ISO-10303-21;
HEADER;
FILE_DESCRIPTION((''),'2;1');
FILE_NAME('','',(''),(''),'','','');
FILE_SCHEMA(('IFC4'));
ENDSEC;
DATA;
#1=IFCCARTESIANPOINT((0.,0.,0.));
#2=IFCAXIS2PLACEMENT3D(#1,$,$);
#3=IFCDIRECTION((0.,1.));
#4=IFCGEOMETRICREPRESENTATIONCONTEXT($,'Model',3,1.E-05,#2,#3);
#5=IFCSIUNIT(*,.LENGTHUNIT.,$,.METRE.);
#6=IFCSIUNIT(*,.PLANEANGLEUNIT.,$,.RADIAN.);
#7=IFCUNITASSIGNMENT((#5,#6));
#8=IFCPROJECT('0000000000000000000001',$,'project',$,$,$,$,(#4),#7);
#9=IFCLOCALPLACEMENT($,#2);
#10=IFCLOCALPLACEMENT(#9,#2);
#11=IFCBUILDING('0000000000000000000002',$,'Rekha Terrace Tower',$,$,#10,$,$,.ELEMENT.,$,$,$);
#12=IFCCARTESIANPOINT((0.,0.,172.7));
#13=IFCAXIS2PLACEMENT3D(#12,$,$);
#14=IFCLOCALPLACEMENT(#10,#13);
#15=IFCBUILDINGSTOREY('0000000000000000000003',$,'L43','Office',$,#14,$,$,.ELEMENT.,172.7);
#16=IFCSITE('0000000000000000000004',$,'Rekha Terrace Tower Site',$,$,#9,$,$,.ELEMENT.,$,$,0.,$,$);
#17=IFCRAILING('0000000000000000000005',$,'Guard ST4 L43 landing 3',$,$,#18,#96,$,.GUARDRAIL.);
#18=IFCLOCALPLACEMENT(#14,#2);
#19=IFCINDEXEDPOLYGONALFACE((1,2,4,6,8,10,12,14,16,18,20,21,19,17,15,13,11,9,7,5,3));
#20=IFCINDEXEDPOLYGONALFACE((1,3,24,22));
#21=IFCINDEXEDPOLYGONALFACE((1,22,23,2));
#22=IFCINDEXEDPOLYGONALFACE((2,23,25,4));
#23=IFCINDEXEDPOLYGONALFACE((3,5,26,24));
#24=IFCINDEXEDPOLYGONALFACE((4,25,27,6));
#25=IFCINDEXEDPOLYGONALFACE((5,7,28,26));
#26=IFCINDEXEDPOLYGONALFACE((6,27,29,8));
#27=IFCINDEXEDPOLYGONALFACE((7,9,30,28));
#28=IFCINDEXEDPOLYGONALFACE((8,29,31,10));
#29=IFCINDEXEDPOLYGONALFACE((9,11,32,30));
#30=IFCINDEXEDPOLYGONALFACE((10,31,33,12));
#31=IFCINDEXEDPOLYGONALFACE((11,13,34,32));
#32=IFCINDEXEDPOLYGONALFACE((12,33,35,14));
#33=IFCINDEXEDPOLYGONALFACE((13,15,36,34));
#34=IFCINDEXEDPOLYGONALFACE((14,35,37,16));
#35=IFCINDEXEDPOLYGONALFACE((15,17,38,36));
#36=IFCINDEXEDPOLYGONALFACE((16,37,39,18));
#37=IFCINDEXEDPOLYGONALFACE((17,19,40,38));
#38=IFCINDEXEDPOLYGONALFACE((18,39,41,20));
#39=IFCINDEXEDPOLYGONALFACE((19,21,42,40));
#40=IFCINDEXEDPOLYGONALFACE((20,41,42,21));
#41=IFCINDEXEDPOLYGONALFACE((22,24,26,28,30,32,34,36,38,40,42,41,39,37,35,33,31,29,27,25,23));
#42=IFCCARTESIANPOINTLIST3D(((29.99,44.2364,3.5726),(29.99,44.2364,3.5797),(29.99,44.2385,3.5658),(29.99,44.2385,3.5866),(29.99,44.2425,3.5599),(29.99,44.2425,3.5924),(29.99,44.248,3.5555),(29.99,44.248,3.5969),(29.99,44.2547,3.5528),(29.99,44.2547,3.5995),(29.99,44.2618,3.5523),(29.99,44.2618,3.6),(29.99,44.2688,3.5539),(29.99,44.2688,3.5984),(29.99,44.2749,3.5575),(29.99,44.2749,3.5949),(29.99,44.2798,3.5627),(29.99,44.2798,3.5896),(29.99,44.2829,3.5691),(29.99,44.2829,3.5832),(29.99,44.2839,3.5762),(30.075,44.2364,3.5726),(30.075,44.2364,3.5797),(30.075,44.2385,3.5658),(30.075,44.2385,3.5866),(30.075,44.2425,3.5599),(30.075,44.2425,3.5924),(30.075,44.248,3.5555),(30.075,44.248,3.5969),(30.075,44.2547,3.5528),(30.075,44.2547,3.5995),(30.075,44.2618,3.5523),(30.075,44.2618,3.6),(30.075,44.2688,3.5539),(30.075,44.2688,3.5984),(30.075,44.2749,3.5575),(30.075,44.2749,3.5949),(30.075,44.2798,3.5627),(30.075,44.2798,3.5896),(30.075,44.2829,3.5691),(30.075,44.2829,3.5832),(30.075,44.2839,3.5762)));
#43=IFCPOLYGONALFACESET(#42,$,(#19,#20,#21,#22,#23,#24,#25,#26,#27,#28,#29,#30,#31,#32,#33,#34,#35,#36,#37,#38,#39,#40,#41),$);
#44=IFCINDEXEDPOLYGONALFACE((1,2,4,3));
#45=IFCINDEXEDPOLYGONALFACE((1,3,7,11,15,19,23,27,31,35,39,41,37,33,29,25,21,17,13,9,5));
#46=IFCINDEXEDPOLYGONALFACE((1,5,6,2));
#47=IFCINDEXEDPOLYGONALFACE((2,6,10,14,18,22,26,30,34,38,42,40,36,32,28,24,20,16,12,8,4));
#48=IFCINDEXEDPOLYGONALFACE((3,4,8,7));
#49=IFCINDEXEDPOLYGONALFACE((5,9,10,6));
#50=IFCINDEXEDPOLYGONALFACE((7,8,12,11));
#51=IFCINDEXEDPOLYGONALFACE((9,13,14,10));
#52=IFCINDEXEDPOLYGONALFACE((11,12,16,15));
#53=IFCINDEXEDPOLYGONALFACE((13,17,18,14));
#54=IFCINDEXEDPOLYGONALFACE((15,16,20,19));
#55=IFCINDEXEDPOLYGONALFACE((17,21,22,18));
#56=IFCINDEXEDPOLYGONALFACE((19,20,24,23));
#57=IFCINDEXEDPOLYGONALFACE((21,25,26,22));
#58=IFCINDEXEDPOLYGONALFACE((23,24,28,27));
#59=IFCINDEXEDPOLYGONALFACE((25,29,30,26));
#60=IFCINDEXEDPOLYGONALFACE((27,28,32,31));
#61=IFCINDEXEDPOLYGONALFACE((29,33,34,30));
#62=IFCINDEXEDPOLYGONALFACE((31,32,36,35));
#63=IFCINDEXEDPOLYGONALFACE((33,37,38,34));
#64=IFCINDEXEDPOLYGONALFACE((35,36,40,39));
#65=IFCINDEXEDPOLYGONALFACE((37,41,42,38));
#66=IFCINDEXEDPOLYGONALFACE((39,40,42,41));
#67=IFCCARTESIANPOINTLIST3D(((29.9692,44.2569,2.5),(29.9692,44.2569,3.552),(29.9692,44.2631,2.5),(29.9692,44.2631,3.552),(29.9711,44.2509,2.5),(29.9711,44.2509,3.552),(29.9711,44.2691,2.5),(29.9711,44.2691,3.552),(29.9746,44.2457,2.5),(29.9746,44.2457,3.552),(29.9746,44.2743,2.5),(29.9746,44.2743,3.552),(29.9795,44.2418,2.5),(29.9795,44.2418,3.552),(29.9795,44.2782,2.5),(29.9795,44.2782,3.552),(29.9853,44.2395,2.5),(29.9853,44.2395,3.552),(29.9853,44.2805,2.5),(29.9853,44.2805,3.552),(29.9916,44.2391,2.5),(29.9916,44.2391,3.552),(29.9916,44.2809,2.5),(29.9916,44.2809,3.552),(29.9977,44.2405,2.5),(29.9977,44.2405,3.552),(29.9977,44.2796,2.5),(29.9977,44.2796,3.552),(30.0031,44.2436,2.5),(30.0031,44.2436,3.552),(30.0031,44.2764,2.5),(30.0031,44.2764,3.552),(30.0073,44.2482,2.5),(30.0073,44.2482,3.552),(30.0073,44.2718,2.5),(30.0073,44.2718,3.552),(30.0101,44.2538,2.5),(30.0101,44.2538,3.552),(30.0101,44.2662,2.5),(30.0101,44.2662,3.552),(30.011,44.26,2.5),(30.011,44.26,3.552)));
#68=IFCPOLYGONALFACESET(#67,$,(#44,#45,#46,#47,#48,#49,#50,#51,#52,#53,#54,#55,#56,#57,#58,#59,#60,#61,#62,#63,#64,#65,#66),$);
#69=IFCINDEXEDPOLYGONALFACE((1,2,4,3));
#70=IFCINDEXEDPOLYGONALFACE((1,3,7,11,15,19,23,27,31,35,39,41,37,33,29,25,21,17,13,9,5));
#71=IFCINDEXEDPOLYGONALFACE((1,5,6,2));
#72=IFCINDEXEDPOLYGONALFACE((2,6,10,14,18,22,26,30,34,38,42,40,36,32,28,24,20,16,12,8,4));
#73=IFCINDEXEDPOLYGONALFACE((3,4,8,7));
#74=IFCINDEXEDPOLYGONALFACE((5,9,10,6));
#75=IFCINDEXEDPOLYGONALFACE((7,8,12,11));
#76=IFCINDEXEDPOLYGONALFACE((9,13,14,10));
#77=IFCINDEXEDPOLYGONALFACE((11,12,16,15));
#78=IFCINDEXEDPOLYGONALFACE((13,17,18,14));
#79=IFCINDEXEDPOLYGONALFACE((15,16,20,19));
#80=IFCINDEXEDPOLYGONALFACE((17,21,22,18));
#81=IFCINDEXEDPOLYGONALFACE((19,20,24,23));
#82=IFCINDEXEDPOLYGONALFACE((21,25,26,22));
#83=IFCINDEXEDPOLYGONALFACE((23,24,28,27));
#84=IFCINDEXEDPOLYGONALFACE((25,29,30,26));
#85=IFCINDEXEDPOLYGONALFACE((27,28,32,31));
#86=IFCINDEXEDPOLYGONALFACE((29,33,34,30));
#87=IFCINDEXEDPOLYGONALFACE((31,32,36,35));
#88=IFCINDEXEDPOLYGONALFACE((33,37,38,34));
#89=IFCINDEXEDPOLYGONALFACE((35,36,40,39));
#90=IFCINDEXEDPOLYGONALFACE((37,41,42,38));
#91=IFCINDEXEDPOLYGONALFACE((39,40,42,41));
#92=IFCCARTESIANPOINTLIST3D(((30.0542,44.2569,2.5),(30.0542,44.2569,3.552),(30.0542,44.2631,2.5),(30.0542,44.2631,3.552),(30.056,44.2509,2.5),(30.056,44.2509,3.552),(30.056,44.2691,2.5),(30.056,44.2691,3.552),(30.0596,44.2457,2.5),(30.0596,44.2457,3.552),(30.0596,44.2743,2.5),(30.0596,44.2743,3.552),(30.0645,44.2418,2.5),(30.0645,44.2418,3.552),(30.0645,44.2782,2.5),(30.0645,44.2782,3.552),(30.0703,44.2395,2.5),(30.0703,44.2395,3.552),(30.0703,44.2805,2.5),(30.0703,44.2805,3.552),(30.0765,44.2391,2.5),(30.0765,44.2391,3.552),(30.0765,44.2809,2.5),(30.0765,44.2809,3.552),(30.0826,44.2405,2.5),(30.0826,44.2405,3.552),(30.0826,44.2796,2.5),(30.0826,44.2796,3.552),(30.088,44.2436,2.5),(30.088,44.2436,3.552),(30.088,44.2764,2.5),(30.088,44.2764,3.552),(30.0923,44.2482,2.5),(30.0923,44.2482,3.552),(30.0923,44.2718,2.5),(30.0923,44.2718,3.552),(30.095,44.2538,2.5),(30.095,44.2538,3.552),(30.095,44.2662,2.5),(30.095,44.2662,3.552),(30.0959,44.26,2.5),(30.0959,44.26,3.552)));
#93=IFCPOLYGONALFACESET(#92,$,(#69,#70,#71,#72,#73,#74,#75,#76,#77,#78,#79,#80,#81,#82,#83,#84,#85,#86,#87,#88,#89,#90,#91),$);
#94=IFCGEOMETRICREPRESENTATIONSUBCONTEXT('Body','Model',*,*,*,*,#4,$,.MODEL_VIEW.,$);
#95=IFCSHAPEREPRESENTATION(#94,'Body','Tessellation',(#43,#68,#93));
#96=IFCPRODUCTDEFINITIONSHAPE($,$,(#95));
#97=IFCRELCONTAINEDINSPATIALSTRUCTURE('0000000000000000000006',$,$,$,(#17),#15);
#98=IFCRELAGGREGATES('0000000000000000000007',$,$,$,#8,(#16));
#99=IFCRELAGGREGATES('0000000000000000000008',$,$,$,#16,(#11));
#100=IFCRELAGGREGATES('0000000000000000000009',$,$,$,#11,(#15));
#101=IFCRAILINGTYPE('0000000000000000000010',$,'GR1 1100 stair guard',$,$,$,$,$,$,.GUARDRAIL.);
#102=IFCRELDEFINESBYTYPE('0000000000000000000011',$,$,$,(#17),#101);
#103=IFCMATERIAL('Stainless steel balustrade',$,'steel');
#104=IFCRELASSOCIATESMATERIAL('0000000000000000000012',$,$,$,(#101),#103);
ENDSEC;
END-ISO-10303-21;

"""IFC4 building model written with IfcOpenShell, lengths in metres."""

from ifc_helpers import new_model, si_unit, direction, frame, origin, origin_2d, place, context, subcontext, project, spatial, circle, extrude, material, type_object, element, save


model = new_model("IFC4")

# Units and contexts
model_context = context("Model", 3, precision=1e-05, world=origin(), true_north=direction((0.0, 1.0)))
body_context = subcontext(model_context, "Body", "Model", "MODEL_VIEW")
ifc_project = project(units=[si_unit("LENGTHUNIT", "METRE"), si_unit("PLANEANGLEUNIT", "RADIAN")], contexts=[model_context])

# Site, building, storey
site_placement = place(None, origin())
site = spatial("IfcSite", under=ifc_project, at=site_placement, Name="Rekha Terrace Tower Site", CompositionType="ELEMENT", RefElevation=0.0)
building_placement = place(site_placement, origin())
building = spatial("IfcBuilding", under=site, at=building_placement, Name="Rekha Terrace Tower", CompositionType="ELEMENT")
storey_placement = place(building_placement, frame((0.0, 0.0, 172.7)))
storey = spatial("IfcBuildingStorey", under=building, at=storey_placement, Name="L43", Description="Office", CompositionType="ELEMENT", Elevation=172.7)

# Railing
ifc_material_1 = material(Name="Stainless steel balustrade", Category="steel")
railing_type_1 = type_object("IfcRailingType", Name="GR1 1100 stair guard", PredefinedType="GUARDRAIL", material=ifc_material_1)
railing_1_placement = place(storey_placement, frame((29.99, 44.26, 2.5)))
element("IfcRailing", 1, at=railing_1_placement, inside=storey, type_object=railing_type_1, Name="Guard ST4 L43 landing 3", PredefinedType="GUARDRAIL", context=body_context, shape_type="SweptSolid", body=[
    extrude(circle(Radius=0.0239, at=origin_2d()), frame((0.0, 0.0, 1.0762), z_axis=(1.0, 0.0, 0.0), x_axis=(0.0, 1.0, 0.0)), (0.0, 0.0, 1.0), 0.085),
    extrude(circle(Radius=0.021, at=origin_2d()), origin(), (0.0, 0.0, 1.0), 1.052),
    extrude(circle(Radius=0.021, at=origin_2d()), frame((0.085, 0.0, 0.0)), (0.0, 0.0, 1.0), 1.052),
])

save(model, "model.ifc")
